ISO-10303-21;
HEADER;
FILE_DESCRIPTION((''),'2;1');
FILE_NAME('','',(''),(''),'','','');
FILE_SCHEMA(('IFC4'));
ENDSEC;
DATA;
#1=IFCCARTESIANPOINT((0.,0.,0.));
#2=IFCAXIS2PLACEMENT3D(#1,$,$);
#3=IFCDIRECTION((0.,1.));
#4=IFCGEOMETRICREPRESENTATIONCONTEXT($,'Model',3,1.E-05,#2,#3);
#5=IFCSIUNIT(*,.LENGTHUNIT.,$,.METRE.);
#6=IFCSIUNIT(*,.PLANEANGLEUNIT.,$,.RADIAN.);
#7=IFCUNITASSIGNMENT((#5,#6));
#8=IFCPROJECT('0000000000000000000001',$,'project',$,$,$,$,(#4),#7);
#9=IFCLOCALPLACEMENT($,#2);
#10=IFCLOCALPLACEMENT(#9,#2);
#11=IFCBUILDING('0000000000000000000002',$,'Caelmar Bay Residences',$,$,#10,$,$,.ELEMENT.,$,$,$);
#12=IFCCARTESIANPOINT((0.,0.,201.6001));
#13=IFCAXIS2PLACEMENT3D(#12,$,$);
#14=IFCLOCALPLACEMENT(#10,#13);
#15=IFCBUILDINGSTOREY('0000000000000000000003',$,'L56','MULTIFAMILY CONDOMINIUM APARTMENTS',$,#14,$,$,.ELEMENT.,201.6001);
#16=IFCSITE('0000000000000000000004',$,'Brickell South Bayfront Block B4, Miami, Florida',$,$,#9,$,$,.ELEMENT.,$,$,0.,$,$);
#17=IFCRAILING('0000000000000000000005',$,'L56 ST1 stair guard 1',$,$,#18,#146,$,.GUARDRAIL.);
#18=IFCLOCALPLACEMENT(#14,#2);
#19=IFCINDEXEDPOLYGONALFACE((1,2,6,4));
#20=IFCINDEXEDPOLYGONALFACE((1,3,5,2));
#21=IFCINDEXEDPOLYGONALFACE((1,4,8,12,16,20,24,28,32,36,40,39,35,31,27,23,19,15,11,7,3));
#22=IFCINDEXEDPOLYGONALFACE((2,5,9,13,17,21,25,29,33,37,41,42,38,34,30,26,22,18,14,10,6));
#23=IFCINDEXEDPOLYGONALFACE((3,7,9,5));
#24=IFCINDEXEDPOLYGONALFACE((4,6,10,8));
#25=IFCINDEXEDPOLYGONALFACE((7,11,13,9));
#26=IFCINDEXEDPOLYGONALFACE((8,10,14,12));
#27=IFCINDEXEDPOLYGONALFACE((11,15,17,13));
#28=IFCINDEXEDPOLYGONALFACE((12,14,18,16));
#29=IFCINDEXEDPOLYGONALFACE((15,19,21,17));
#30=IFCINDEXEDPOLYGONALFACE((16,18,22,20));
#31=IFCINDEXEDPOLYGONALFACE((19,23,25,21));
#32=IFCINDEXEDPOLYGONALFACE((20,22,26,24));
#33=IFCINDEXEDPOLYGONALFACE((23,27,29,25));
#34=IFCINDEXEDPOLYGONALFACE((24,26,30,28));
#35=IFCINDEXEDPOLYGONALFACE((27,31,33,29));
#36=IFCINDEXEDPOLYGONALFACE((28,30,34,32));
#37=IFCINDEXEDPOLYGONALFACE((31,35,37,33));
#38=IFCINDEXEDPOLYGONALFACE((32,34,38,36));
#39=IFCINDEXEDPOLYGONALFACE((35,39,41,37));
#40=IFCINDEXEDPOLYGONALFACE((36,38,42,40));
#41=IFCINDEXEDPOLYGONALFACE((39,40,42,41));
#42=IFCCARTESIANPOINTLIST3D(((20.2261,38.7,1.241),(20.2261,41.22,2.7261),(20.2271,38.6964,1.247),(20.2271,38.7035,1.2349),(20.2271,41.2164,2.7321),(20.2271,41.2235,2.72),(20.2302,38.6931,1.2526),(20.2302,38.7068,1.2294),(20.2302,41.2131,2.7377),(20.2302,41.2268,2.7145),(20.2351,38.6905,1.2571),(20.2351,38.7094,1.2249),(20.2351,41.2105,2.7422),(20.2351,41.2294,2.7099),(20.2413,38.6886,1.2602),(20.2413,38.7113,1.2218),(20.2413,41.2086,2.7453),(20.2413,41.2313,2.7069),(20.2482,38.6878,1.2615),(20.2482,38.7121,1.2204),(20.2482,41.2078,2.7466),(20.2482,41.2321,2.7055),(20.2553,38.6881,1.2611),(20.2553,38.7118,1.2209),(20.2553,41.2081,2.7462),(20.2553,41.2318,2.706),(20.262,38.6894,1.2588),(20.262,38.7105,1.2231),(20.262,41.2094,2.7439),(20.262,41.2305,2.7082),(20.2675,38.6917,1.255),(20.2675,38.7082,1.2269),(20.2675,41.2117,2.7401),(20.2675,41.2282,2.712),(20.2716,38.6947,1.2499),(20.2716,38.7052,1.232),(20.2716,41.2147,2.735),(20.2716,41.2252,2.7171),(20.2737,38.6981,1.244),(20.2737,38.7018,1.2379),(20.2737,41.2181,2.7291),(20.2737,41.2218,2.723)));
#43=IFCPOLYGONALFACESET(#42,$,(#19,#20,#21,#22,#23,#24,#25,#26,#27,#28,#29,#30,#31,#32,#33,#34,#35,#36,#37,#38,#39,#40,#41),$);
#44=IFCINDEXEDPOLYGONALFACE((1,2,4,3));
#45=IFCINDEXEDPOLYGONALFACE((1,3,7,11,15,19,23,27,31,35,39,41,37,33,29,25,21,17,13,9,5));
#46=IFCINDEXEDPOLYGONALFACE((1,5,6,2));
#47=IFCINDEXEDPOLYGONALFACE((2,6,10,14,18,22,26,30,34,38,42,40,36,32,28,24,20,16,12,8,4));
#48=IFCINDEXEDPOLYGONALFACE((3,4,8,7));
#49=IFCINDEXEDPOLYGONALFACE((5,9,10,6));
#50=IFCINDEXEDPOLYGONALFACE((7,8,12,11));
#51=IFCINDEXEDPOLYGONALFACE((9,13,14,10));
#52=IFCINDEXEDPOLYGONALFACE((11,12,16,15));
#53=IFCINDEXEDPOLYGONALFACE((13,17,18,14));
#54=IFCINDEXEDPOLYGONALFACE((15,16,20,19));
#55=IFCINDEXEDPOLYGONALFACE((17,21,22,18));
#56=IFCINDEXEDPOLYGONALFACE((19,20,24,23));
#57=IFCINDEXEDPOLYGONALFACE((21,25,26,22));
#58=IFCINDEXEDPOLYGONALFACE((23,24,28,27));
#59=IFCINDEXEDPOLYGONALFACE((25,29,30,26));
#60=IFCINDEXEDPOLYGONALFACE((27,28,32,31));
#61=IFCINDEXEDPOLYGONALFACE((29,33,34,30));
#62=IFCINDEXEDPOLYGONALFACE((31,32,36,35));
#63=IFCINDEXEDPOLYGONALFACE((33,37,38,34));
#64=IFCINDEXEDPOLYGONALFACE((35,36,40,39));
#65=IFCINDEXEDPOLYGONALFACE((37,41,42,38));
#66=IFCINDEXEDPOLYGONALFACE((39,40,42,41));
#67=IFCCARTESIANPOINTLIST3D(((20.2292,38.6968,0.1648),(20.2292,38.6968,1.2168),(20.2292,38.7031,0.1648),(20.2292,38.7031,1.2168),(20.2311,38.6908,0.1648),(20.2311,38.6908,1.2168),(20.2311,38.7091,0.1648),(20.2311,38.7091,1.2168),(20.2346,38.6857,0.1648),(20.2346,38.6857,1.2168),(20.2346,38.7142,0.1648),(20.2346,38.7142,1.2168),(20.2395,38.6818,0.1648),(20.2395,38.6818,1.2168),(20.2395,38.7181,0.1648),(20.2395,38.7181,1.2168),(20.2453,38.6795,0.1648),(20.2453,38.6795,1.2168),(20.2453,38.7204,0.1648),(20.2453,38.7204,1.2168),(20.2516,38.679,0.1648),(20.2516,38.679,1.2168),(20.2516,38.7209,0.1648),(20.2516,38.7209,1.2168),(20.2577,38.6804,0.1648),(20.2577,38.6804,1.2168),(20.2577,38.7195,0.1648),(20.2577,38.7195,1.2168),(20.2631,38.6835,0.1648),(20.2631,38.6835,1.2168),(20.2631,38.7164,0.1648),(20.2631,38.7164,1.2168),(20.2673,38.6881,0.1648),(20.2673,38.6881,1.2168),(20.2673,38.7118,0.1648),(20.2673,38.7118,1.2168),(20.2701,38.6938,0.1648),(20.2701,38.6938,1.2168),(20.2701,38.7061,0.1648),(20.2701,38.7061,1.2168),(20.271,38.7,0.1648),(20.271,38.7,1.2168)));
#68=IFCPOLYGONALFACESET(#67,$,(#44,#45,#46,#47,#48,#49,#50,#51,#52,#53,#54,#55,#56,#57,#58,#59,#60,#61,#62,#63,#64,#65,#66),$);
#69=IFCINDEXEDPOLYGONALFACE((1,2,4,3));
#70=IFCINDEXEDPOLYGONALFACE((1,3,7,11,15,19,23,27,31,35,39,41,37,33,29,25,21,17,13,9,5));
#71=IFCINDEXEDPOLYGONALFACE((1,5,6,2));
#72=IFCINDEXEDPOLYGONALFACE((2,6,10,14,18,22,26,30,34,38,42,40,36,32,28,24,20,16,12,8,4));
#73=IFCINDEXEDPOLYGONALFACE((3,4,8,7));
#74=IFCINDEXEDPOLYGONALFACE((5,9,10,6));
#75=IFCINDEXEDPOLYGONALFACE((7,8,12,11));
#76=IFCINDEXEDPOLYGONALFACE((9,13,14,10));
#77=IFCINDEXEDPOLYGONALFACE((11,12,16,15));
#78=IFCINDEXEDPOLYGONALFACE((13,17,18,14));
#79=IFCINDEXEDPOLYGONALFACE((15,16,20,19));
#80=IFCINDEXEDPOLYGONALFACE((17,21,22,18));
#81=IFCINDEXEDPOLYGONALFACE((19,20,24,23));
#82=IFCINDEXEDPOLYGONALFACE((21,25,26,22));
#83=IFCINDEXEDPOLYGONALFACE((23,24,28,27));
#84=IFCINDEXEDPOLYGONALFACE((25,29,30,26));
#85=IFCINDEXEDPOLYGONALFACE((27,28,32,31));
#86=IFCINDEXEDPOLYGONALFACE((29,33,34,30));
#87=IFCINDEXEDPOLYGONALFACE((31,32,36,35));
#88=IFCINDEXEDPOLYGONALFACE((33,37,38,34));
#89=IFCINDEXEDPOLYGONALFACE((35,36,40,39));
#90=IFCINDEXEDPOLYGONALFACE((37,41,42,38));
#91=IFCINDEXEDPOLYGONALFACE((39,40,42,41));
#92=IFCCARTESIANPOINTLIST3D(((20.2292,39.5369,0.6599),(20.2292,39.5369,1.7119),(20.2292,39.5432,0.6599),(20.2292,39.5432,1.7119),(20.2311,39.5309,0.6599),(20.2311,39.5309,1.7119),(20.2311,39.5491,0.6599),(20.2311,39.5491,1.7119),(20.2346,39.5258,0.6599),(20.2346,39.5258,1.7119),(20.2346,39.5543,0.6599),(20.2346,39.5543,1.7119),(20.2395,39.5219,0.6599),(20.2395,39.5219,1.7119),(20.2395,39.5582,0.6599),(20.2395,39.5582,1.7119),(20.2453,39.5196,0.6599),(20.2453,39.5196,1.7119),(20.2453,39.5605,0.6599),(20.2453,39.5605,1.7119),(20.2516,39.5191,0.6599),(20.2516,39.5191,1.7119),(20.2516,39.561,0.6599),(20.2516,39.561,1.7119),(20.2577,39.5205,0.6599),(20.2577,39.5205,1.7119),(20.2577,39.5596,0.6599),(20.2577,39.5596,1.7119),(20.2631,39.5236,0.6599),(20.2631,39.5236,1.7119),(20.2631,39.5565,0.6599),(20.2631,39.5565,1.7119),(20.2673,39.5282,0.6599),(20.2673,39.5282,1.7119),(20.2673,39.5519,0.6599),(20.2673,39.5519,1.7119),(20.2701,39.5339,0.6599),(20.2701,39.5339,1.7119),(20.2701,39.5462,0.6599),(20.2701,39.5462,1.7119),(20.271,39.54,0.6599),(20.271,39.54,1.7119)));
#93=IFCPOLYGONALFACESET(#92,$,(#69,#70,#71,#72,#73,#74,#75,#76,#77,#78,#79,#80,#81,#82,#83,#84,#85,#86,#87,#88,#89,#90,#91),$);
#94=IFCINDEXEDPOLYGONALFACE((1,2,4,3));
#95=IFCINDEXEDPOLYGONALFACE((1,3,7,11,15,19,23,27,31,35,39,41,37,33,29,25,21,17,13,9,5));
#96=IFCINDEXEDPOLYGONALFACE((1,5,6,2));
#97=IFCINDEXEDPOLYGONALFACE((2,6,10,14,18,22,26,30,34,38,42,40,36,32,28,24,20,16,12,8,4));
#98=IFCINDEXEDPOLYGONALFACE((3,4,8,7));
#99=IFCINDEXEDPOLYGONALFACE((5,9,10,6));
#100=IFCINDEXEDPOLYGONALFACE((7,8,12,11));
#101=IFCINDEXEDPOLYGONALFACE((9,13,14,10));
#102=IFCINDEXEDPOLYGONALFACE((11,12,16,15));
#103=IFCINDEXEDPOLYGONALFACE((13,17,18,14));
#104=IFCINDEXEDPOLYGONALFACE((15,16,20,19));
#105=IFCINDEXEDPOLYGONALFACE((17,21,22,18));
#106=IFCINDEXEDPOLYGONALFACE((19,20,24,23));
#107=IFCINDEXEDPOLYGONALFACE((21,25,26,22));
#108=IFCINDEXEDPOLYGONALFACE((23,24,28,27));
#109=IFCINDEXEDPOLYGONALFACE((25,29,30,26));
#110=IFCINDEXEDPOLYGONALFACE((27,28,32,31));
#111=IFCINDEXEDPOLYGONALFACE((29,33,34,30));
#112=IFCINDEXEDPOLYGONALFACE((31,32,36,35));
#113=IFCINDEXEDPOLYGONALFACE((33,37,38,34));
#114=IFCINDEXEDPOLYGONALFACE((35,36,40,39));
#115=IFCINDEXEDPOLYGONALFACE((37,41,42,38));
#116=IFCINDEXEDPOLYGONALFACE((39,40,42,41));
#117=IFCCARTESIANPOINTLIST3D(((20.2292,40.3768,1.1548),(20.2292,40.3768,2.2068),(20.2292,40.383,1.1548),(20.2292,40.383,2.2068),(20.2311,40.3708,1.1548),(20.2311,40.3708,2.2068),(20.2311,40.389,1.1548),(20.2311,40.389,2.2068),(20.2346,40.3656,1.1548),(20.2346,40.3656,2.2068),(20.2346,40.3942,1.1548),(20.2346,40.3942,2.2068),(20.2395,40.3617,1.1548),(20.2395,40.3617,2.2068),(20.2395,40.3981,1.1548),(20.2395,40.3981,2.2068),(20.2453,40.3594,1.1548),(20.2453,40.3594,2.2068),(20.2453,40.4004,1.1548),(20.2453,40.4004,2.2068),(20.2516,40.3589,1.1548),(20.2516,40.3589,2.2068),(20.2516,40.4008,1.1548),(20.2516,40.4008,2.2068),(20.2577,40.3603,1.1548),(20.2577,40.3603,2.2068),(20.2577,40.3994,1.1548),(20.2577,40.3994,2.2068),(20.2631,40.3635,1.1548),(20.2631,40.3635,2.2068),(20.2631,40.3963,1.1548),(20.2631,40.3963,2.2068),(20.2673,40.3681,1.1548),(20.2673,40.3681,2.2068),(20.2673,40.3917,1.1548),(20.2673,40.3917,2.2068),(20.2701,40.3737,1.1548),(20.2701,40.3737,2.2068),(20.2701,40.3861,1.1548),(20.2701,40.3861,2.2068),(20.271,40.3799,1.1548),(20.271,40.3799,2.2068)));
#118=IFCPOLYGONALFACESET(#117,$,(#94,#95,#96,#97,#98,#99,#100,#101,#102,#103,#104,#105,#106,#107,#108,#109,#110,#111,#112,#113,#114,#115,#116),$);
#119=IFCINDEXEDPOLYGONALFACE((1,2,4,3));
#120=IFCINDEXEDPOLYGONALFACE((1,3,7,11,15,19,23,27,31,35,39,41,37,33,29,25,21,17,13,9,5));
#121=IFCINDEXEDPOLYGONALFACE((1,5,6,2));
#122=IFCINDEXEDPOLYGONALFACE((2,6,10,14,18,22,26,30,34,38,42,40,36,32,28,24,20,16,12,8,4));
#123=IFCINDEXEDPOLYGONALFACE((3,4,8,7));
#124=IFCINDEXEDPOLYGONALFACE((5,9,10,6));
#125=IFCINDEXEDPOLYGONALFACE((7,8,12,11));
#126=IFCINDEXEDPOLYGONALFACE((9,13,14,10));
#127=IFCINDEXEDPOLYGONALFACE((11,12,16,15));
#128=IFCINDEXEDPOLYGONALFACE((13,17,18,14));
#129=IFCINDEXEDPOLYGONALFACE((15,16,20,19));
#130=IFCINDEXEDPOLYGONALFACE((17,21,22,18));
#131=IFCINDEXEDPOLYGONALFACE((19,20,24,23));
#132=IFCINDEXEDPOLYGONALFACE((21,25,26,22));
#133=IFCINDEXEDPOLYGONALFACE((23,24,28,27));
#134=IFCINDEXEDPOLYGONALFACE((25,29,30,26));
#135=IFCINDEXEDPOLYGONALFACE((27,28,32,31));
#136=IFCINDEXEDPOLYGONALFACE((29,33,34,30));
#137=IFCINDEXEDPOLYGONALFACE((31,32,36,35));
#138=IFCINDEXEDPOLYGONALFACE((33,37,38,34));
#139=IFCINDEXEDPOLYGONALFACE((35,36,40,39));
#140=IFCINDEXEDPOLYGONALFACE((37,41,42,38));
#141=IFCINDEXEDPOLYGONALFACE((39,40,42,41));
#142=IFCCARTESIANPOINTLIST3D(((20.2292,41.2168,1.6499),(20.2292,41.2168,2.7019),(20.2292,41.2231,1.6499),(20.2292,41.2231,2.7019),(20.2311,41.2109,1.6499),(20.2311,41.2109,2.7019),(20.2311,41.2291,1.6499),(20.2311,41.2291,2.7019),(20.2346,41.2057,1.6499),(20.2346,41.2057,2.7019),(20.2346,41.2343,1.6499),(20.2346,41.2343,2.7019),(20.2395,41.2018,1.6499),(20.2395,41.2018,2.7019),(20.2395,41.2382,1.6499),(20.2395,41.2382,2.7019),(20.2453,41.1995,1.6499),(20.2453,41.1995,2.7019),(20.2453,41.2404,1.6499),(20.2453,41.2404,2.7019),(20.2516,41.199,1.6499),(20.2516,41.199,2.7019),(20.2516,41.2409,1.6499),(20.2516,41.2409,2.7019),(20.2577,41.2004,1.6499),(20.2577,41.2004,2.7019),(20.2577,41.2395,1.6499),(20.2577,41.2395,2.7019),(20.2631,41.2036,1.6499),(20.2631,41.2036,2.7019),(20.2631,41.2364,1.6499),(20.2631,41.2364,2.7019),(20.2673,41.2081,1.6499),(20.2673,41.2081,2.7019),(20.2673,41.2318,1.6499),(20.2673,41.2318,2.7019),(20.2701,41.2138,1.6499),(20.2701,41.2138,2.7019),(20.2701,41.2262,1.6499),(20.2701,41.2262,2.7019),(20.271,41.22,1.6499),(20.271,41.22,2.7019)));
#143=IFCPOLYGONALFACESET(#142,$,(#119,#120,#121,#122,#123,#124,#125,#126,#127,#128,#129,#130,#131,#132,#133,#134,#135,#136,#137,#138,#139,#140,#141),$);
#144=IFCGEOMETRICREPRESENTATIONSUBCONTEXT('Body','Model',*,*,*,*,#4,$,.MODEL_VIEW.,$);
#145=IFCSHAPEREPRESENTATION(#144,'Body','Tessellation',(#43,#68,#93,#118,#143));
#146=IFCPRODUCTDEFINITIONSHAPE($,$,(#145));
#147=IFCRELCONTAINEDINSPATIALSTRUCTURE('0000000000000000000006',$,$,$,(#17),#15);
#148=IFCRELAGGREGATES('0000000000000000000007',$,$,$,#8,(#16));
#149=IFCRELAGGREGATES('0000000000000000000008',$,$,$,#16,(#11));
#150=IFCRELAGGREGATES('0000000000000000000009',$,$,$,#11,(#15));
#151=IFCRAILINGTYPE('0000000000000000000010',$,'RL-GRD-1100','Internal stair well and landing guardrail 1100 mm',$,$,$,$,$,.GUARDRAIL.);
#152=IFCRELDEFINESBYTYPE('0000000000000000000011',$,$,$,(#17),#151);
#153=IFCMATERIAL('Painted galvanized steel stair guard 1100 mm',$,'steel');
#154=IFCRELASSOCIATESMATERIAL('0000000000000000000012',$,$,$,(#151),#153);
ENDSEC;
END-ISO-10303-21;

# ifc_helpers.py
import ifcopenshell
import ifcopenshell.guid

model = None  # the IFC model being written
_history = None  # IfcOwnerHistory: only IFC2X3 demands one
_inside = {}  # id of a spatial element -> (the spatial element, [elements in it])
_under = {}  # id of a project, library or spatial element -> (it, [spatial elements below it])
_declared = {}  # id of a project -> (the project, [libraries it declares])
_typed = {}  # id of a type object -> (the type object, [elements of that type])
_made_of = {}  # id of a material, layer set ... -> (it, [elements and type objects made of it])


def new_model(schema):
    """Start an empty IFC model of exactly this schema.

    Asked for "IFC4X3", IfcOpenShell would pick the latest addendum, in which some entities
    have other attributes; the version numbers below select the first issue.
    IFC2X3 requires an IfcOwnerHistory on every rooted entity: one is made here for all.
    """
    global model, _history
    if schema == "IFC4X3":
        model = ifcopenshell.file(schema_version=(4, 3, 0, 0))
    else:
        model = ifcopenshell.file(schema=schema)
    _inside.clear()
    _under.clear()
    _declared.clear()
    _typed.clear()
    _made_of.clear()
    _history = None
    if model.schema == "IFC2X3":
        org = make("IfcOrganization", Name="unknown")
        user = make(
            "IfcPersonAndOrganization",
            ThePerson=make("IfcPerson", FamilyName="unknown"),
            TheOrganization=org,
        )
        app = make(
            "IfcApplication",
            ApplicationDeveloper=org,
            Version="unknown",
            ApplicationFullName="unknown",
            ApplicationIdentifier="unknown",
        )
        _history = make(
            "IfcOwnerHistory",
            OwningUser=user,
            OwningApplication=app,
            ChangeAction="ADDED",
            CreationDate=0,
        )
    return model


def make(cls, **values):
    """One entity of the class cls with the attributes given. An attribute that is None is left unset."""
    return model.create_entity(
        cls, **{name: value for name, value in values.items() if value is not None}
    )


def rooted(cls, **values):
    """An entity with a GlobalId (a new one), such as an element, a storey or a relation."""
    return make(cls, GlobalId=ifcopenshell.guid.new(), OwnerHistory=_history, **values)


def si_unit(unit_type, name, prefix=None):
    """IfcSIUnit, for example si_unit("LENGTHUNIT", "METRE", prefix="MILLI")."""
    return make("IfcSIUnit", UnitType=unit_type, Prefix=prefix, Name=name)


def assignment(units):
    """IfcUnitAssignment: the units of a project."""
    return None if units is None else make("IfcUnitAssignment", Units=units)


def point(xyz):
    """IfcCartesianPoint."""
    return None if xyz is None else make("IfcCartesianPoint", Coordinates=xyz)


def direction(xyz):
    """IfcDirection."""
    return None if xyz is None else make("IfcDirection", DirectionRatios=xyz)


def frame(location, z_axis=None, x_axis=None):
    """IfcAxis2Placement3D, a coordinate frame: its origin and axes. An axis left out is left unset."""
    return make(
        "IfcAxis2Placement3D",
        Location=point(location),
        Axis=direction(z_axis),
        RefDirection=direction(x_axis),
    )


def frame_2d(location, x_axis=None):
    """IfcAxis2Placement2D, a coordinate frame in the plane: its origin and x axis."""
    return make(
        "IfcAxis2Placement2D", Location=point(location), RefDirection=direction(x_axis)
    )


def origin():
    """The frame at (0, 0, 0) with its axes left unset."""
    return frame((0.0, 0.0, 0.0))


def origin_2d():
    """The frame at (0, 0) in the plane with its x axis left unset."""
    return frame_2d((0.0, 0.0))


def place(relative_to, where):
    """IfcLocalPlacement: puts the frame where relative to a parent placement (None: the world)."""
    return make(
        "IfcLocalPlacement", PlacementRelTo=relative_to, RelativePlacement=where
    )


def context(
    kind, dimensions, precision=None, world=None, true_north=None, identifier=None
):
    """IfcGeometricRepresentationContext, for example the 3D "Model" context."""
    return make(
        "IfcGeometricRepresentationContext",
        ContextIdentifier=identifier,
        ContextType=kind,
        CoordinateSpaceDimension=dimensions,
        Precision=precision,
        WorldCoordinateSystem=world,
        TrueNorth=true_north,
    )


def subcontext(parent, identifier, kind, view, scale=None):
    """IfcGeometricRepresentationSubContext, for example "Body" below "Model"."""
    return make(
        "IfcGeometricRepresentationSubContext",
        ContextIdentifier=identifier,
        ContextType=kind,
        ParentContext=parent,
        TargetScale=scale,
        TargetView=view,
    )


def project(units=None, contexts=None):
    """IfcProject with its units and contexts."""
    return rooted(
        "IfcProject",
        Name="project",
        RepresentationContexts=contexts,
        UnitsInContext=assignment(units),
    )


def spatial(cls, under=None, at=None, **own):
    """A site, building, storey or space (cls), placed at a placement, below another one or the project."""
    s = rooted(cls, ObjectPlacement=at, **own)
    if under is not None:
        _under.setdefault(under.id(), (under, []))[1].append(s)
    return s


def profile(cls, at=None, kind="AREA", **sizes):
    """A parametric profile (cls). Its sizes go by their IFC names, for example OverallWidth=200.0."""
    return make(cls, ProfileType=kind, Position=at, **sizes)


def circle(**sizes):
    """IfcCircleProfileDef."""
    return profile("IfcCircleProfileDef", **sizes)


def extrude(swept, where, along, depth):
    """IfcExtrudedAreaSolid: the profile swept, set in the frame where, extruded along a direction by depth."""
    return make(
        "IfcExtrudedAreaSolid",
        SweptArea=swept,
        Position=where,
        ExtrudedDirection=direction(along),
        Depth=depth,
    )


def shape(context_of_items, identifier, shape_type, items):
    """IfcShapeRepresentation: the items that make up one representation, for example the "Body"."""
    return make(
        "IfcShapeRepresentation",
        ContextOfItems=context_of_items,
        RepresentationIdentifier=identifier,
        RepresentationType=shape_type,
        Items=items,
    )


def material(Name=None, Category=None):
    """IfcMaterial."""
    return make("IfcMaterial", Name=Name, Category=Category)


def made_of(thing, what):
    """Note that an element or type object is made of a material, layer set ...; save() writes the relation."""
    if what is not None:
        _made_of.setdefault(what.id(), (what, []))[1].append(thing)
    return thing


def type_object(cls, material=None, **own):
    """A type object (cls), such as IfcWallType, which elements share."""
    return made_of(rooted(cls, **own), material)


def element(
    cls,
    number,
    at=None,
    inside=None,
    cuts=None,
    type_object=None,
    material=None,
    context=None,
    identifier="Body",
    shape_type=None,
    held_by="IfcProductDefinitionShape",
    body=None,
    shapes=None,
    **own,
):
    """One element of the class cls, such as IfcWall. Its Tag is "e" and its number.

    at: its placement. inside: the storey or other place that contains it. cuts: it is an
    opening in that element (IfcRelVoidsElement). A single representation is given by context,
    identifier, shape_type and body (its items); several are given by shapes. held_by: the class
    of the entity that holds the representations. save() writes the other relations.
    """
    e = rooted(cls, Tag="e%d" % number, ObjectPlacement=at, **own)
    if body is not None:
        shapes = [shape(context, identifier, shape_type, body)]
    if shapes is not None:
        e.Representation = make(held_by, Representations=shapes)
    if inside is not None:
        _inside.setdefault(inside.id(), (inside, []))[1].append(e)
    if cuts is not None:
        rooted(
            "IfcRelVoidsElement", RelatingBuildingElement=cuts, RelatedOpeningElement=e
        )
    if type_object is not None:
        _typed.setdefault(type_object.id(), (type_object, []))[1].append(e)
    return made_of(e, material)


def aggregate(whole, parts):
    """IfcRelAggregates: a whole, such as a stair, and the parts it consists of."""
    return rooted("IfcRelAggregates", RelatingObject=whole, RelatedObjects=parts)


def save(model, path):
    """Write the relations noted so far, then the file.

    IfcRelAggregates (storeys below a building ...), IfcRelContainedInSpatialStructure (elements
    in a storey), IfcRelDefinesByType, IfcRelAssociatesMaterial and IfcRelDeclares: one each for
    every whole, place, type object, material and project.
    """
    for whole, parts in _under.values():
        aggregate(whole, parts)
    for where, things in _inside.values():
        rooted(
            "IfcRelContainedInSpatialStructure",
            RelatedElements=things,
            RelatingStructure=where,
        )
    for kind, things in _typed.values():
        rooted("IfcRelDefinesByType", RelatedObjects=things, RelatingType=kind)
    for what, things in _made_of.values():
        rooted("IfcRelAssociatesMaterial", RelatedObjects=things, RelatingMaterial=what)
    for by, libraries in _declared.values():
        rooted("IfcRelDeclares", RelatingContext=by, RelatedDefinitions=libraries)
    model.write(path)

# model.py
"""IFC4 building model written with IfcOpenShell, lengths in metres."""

from ifc_helpers import new_model, si_unit, direction, frame, origin, origin_2d, place, context, subcontext, project, spatial, circle, extrude, material, type_object, element, save


model = new_model("IFC4")

# Units and contexts
model_context = context("Model", 3, precision=1e-05, world=origin(), true_north=direction((0.0, 1.0)))
body_context = subcontext(model_context, "Body", "Model", "MODEL_VIEW")
ifc_project = project(units=[si_unit("LENGTHUNIT", "METRE"), si_unit("PLANEANGLEUNIT", "RADIAN")], contexts=[model_context])

# Site, building, storey
site_placement = place(None, origin())
site = spatial("IfcSite", under=ifc_project, at=site_placement, Name="Brickell South Bayfront Block B4, Miami, Florida", CompositionType="ELEMENT", RefElevation=0.0)
building_placement = place(site_placement, origin())
building = spatial("IfcBuilding", under=site, at=building_placement, Name="Caelmar Bay Residences", CompositionType="ELEMENT")
storey_placement = place(building_placement, frame((0.0, 0.0, 201.6001)))
storey = spatial("IfcBuildingStorey", under=building, at=storey_placement, Name="L56", Description="MULTIFAMILY CONDOMINIUM APARTMENTS", CompositionType="ELEMENT", Elevation=201.6001)

# Railing
ifc_material_1 = material(Name="Painted galvanized steel stair guard 1100 mm", Category="steel")
railing_type_1 = type_object("IfcRailingType", Name="RL-GRD-1100", Description="Internal stair well and landing guardrail 1100 mm", PredefinedType="GUARDRAIL", material=ifc_material_1)
railing_1_placement = place(storey_placement, frame((20.25, 38.7, 0.1648)))
element("IfcRailing", 1, at=railing_1_placement, inside=storey, type_object=railing_type_1, Name="L56 ST1 stair guard 1", PredefinedType="GUARDRAIL", context=body_context, shape_type="SweptSolid", body=[
    extrude(circle(Radius=0.0239, at=origin_2d()), frame((0.0, 0.0, 1.0762), z_axis=(0.0, 0.861524, 0.507717), x_axis=(-1.0, 0.0, 0.0)), (0.0, 0.0, 1.0), 2.925),
    extrude(circle(Radius=0.021, at=origin_2d()), origin(), (0.0, 0.0, 1.0), 1.052),
    extrude(circle(Radius=0.021, at=origin_2d()), frame((0.0, 0.8401, 0.4951)), (0.0, 0.0, 1.0), 1.052),
    extrude(circle(Radius=0.021, at=origin_2d()), frame((0.0, 1.6799, 0.99)), (0.0, 0.0, 1.0), 1.052),
    extrude(circle(Radius=0.021, at=origin_2d()), frame((0.0, 2.52, 1.4851)), (0.0, 0.0, 1.0), 1.052),
])

save(model, "model.ifc")
